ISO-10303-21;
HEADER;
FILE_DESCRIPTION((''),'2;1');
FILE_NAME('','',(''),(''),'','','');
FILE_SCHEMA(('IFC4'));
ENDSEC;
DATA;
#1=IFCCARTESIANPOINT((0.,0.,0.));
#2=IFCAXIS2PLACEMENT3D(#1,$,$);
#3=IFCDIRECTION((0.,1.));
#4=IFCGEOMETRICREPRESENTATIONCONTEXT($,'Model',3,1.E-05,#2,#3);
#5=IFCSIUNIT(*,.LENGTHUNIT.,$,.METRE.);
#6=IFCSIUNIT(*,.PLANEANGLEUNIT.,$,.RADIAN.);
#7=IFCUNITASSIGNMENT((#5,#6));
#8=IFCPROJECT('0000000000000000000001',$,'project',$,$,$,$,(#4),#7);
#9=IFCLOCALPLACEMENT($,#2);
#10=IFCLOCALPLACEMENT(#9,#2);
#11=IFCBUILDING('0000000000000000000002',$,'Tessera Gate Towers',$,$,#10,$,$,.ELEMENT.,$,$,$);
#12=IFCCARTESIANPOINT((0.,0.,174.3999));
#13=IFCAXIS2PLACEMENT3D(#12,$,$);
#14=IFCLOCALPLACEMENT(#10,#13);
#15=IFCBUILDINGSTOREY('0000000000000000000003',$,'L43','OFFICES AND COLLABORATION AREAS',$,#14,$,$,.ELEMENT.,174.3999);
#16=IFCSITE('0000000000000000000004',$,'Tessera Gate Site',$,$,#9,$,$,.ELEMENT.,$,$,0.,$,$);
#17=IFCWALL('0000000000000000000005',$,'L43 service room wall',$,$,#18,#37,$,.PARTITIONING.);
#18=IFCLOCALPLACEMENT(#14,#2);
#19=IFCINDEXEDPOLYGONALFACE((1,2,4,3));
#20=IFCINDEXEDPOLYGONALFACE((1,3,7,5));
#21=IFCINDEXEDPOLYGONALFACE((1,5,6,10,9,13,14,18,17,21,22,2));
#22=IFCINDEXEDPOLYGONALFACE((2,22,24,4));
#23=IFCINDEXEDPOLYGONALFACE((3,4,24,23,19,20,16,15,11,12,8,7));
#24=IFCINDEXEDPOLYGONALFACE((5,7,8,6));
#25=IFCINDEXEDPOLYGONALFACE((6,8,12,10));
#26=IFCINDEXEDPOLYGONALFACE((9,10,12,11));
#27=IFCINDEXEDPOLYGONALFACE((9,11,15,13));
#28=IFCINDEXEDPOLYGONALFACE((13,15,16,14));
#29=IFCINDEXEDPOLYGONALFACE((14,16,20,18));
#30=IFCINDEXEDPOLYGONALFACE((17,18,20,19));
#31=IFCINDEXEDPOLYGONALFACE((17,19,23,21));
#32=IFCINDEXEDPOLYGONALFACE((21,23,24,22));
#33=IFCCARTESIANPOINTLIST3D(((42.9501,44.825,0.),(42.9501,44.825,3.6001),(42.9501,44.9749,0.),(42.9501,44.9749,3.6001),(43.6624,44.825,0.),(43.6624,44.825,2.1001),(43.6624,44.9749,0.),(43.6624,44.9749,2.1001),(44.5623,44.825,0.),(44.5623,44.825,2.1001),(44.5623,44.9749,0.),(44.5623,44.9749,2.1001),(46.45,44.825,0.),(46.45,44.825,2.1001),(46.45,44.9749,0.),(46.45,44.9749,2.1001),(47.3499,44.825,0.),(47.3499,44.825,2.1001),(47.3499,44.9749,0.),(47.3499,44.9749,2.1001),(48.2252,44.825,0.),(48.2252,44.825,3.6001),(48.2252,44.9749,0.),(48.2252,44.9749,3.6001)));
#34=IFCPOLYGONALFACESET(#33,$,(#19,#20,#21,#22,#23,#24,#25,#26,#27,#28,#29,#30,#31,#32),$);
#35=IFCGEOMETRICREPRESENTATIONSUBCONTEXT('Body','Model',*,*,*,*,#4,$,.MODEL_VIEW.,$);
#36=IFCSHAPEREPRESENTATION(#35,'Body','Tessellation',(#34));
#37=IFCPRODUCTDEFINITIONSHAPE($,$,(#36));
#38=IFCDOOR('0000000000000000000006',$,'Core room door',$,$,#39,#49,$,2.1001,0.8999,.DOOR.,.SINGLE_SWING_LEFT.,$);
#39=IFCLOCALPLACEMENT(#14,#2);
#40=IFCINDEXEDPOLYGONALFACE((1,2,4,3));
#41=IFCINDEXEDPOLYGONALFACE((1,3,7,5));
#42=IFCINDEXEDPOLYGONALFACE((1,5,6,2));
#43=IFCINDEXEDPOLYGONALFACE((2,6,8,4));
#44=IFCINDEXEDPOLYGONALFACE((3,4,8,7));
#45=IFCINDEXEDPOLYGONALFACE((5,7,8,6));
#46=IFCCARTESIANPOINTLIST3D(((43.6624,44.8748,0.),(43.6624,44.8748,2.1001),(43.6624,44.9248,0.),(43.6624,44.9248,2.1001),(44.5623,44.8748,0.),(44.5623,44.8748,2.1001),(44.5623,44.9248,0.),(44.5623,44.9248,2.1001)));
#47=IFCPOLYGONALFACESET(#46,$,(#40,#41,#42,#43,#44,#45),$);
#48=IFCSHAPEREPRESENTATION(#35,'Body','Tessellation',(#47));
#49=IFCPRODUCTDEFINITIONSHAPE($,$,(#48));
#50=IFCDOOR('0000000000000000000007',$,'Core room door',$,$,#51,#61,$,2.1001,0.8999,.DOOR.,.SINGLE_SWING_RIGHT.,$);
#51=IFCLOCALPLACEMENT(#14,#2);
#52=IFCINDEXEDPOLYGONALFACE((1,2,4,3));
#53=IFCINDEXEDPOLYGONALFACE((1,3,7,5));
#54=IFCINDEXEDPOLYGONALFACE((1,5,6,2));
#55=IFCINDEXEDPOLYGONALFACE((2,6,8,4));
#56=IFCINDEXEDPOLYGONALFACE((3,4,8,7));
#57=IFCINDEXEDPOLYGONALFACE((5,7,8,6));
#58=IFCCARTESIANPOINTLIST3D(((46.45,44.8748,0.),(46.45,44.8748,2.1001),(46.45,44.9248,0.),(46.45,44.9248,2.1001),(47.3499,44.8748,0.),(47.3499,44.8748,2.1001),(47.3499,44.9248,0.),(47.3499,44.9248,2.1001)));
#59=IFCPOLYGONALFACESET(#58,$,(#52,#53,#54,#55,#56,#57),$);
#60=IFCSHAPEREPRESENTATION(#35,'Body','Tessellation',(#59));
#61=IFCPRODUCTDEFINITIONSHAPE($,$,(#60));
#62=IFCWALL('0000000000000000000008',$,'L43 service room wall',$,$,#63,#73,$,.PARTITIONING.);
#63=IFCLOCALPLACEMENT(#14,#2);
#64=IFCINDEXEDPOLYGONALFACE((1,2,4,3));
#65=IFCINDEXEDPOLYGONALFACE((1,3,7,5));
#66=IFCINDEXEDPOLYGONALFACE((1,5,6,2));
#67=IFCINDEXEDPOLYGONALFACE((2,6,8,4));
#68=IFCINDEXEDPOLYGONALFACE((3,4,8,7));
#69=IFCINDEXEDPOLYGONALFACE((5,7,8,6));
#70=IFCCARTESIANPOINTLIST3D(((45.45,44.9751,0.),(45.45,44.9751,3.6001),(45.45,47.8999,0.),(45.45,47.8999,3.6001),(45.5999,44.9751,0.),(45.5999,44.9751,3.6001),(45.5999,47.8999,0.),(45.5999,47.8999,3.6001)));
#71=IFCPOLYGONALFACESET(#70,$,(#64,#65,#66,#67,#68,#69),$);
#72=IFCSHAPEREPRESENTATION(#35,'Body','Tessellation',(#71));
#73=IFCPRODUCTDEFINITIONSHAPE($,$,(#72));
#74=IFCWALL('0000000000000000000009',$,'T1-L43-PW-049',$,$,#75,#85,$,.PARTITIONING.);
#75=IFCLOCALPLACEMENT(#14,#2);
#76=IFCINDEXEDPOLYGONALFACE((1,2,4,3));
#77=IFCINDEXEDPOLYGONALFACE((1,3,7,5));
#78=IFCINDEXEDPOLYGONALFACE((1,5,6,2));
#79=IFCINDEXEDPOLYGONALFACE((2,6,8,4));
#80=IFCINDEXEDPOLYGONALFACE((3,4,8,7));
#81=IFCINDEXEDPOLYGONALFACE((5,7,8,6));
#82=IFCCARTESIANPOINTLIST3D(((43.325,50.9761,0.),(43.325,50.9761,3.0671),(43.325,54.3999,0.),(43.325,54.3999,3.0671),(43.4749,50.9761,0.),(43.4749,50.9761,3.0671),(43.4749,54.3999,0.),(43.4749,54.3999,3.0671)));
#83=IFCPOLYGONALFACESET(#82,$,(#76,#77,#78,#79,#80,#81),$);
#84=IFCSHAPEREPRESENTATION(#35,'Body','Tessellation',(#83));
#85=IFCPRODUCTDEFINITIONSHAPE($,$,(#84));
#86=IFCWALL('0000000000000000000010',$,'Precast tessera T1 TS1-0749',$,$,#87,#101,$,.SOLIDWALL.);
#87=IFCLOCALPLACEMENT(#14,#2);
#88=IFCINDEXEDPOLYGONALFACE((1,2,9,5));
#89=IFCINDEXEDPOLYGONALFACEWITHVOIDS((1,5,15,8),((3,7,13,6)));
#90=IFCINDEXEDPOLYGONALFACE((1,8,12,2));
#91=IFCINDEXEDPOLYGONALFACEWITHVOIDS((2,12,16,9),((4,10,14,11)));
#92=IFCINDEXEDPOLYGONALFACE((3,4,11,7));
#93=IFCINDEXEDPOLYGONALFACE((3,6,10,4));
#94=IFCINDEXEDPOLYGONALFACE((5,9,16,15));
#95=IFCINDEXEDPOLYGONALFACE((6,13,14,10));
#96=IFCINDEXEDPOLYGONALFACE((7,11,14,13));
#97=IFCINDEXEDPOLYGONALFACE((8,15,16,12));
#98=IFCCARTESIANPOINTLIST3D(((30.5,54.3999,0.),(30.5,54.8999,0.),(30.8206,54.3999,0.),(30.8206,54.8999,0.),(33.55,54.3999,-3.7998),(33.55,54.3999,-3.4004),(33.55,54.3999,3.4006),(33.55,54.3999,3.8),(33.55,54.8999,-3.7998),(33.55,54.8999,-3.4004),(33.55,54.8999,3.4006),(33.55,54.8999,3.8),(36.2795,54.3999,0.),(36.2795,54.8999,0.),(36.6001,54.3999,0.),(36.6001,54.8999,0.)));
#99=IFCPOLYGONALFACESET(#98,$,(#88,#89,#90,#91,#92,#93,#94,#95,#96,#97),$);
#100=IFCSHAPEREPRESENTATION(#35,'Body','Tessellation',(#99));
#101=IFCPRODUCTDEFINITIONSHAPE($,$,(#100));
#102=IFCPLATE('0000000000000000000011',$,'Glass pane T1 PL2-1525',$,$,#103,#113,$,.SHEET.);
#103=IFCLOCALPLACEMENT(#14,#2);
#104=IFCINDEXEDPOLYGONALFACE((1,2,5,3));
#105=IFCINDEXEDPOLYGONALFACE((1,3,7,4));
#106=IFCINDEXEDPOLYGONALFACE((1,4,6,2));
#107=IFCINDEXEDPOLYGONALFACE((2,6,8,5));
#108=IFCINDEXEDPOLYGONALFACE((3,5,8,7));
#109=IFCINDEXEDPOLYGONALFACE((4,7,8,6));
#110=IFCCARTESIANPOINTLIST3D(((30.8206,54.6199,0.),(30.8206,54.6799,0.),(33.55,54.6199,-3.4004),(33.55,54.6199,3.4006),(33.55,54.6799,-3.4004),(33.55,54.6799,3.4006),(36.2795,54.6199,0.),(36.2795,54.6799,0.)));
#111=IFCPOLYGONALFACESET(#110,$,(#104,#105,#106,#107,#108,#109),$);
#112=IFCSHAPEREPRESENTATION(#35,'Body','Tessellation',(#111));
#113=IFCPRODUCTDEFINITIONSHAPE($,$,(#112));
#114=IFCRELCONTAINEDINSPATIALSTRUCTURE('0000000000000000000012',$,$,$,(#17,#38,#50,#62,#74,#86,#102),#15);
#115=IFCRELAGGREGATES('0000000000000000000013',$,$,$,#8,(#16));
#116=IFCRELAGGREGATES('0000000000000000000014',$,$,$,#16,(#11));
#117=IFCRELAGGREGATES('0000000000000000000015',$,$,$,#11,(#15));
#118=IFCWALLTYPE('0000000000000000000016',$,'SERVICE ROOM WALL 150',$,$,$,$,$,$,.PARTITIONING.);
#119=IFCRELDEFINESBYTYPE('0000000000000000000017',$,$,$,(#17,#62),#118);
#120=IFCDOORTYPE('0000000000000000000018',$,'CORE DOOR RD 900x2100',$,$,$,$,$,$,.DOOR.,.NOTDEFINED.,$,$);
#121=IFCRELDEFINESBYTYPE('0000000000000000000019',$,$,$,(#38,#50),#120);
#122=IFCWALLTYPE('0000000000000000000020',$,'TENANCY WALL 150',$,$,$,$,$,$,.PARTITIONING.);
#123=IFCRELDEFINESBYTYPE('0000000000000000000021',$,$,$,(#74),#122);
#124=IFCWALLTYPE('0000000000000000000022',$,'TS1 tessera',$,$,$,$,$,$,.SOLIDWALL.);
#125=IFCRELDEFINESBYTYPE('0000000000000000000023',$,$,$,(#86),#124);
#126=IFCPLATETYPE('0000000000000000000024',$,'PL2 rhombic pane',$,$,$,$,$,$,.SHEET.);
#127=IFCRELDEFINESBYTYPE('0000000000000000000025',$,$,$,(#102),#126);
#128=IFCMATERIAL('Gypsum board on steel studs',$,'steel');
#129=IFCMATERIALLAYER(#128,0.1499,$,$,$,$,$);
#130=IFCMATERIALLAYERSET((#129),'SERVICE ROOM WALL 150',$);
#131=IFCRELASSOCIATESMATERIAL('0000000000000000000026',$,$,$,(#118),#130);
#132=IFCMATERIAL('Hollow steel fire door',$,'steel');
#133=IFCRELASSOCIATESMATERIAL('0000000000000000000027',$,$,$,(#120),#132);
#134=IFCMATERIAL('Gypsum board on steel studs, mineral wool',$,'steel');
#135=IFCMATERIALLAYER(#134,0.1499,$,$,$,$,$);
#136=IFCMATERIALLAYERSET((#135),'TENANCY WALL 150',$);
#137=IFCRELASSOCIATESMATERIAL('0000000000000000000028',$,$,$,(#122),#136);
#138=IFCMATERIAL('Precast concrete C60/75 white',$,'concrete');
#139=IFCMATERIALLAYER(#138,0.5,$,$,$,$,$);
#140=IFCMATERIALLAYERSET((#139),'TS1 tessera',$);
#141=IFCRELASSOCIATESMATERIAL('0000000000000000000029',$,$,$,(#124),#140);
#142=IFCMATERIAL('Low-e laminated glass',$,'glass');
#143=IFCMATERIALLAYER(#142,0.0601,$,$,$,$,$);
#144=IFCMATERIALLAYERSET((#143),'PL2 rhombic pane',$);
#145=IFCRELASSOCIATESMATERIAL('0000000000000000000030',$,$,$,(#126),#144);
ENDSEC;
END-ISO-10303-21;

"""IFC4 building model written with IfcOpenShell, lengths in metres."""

from ifc_helpers import new_model, si_unit, direction, frame, frame_2d, origin, place, context, subcontext, project, spatial, polyline, rectangle, outline, extrude, source, transform, mapped, material, layer, layer_set, type_object, element, fill, save


model = new_model("IFC4")

# Units and contexts
model_context = context("Model", 3, precision=1e-05, world=origin(), true_north=direction((0.0, 1.0)))
body_context = subcontext(model_context, "Body", "Model", "MODEL_VIEW")
ifc_project = project(units=[si_unit("LENGTHUNIT", "METRE"), si_unit("PLANEANGLEUNIT", "RADIAN")], contexts=[model_context])

# Site, building, storey
site_placement = place(None, origin())
site = spatial("IfcSite", under=ifc_project, at=site_placement, Name="Tessera Gate Site", CompositionType="ELEMENT", RefElevation=0.0)
building_placement = place(site_placement, origin())
building = spatial("IfcBuilding", under=site, at=building_placement, Name="Tessera Gate Towers", CompositionType="ELEMENT")
storey_placement = place(building_placement, frame((0.0, 0.0, 174.3999)))
storey = spatial("IfcBuildingStorey", under=building, at=storey_placement, Name="L43", Description="OFFICES AND COLLABORATION AREAS", CompositionType="ELEMENT", Elevation=174.3999)

# Wall, openings, doors
ifc_material_1 = material(Name="Gypsum board on steel studs", Category="steel")
ifc_layer_1 = layer(ifc_material_1, 0.1499)
ifc_layer_set_1 = layer_set([ifc_layer_1], Name="SERVICE ROOM WALL 150")
wall_type_1 = type_object("IfcWallType", Name="SERVICE ROOM WALL 150", PredefinedType="PARTITIONING", material=ifc_layer_set_1)
shared_shape_1 = source(origin(), body_context, "Body", "SweptSolid", [
    extrude(rectangle(XDim=0.8999, YDim=2.1001, at=frame_2d((0.45, 1.05))), frame((0.0, 0.085, 0.0), z_axis=(0.0, -1.0, 0.0), x_axis=(1.0, 0.0, 0.0)), (0.0, 0.0, 1.0), 0.1699),
])
ifc_material_2 = material(Name="Hollow steel fire door", Category="steel")
door_type_1 = type_object("IfcDoorType", Name="CORE DOOR RD 900x2100", OperationType="NOTDEFINED", PredefinedType="DOOR", material=ifc_material_2)
shared_shape_2 = source(origin(), body_context, "Body", "SweptSolid", [
    extrude(rectangle(XDim=0.8999, YDim=2.1001, at=frame_2d((0.45, 1.05))), frame((0.0, 0.0249, 0.0), z_axis=(0.0, -1.0, 0.0), x_axis=(1.0, 0.0, 0.0)), (0.0, 0.0, 1.0), 0.05),
])
wall_1_placement = place(storey_placement, frame((42.95, 44.8999, 0.0), z_axis=(0.0, 0.0, 1.0), x_axis=(1.0, 0.0, 0.0)))
wall_1 = element("IfcWall", 1, at=wall_1_placement, inside=storey, type_object=wall_type_1, Name="L43 service room wall", PredefinedType="PARTITIONING", context=body_context, shape_type="SweptSolid", body=[
    extrude(rectangle(XDim=5.2751, YDim=0.1499, at=frame_2d((2.6377, 0.0))), origin(), (0.0, 0.0, 1.0), 3.6001),
])
opening_1_placement = place(wall_1_placement, frame((0.7124, 0.0, 0.0)))
opening_1 = element("IfcOpeningElement", 2, at=opening_1_placement, cuts=wall_1, PredefinedType="OPENING", context=body_context, shape_type="MappedRepresentation", body=[
    mapped(shared_shape_1, transform((0.0, 0.0, 0.0), scale=1.0)),
])
opening_2_placement = place(wall_1_placement, frame((3.5, 0.0, 0.0)))
opening_2 = element("IfcOpeningElement", 3, at=opening_2_placement, cuts=wall_1, PredefinedType="OPENING", context=body_context, shape_type="MappedRepresentation", body=[
    mapped(shared_shape_1, transform((0.0, 0.0, 0.0), scale=1.0)),
])
door_1_placement = place(opening_1_placement, origin())
door_1 = element("IfcDoor", 4, at=door_1_placement, inside=storey, type_object=door_type_1, Name="Core room door", OperationType="SINGLE_SWING_LEFT", OverallHeight=2.1001, OverallWidth=0.8999, PredefinedType="DOOR", context=body_context, shape_type="MappedRepresentation", body=[
    mapped(shared_shape_2, transform((0.0, 0.0, 0.0), scale=1.0)),
])
fill(opening_1, door_1)
door_2_placement = place(opening_2_placement, origin())
door_2 = element("IfcDoor", 5, at=door_2_placement, inside=storey, type_object=door_type_1, Name="Core room door", OperationType="SINGLE_SWING_RIGHT", OverallHeight=2.1001, OverallWidth=0.8999, PredefinedType="DOOR", context=body_context, shape_type="MappedRepresentation", body=[
    mapped(shared_shape_2, transform((0.0, 0.0, 0.0), scale=1.0)),
])
fill(opening_2, door_2)

# Walls
wall_2_placement = place(storey_placement, frame((45.5249, 44.9751, 0.0), z_axis=(0.0, 0.0, 1.0), x_axis=(0.0, 1.0, 0.0)))
element("IfcWall", 6, at=wall_2_placement, inside=storey, type_object=wall_type_1, Name="L43 service room wall", PredefinedType="PARTITIONING", context=body_context, shape_type="SweptSolid", body=[
    extrude(rectangle(XDim=2.9248, YDim=0.1499, at=frame_2d((1.4624, 0.0))), origin(), (0.0, 0.0, 1.0), 3.6001),
])
ifc_material_3 = material(Name="Gypsum board on steel studs, mineral wool", Category="steel")
ifc_layer_2 = layer(ifc_material_3, 0.1499)
ifc_layer_set_2 = layer_set([ifc_layer_2], Name="TENANCY WALL 150")
wall_type_2 = type_object("IfcWallType", Name="TENANCY WALL 150", PredefinedType="PARTITIONING", material=ifc_layer_set_2)
wall_3_placement = place(storey_placement, frame((43.3999, 50.9761, 0.0), z_axis=(0.0, 0.0, 1.0), x_axis=(0.0, 1.0, 0.0)))
element("IfcWall", 7, at=wall_3_placement, inside=storey, type_object=wall_type_2, Name="T1-L43-PW-049", PredefinedType="PARTITIONING", context=body_context, shape_type="SweptSolid", body=[
    extrude(rectangle(XDim=3.4238, YDim=0.1499, at=frame_2d((1.7119, 0.0))), origin(), (0.0, 0.0, 1.0), 3.0671),
])

# Wall, opening, plate
ifc_material_4 = material(Name="Precast concrete C60/75 white", Category="concrete")
ifc_layer_3 = layer(ifc_material_4, 0.5)
ifc_layer_set_3 = layer_set([ifc_layer_3], Name="TS1 tessera")
wall_type_3 = type_object("IfcWallType", Name="TS1 tessera", PredefinedType="SOLIDWALL", material=ifc_layer_set_3)
shared_shape_3 = source(origin(), body_context, "Body", "SweptSolid", [
    extrude(outline(polyline([(3.05, 0.0), (6.1001, 3.7998), (3.05, 7.5999), (0.0, 3.7998), (3.05, 0.0)])), frame((0.0, 0.25, 0.0), z_axis=(0.0, -1.0, 0.0), x_axis=(1.0, 0.0, 0.0)), (0.0, 0.0, 1.0), 0.5),
])
wall_4_placement = place(storey_placement, frame((36.6001, 54.6499, -3.7998), z_axis=(0.0, 0.0, 1.0), x_axis=(-1.0, 0.0, 0.0)))
wall_4 = element("IfcWall", 8, at=wall_4_placement, inside=storey, type_object=wall_type_3, Name="Precast tessera T1 TS1-0749", PredefinedType="SOLIDWALL", context=body_context, shape_type="MappedRepresentation", body=[
    mapped(shared_shape_3, transform((0.0, 0.0, 0.0), scale=1.0)),
])
shared_shape_4 = source(origin(), body_context, "Body", "SweptSolid", [
    extrude(outline(polyline([(3.05, 0.3994), (5.7795, 3.7998), (3.05, 7.2004), (0.3206, 3.7998), (3.05, 0.3994)])), frame((0.0, 0.26, 0.0), z_axis=(0.0, -1.0, 0.0), x_axis=(1.0, 0.0, 0.0)), (0.0, 0.0, 1.0), 0.52),
])
opening_3_placement = place(wall_4_placement, origin())
opening_3 = element("IfcOpeningElement", 9, at=opening_3_placement, cuts=wall_4, PredefinedType="OPENING", context=body_context, shape_type="MappedRepresentation", body=[
    mapped(shared_shape_4, transform((0.0, 0.0, 0.0), scale=1.0)),
])
ifc_material_5 = material(Name="Low-e laminated glass", Category="glass")
ifc_layer_4 = layer(ifc_material_5, 0.0601)
ifc_layer_set_4 = layer_set([ifc_layer_4], Name="PL2 rhombic pane")
plate_type = type_object("IfcPlateType", Name="PL2 rhombic pane", PredefinedType="SHEET", material=ifc_layer_set_4)
shared_shape_5 = source(origin(), body_context, "Body", "SweptSolid", [
    extrude(outline(polyline([(3.05, 0.3994), (5.7795, 3.7998), (3.05, 7.2004), (0.3206, 3.7998), (3.05, 0.3994)])), frame((0.0, 0.03, 0.0), z_axis=(0.0, -1.0, 0.0), x_axis=(1.0, 0.0, 0.0)), (0.0, 0.0, 1.0), 0.0601),
])
plate_placement = place(opening_3_placement, origin())
plate = element("IfcPlate", 10, at=plate_placement, inside=storey, type_object=plate_type, Name="Glass pane T1 PL2-1525", PredefinedType="SHEET", context=body_context, shape_type="MappedRepresentation", body=[
    mapped(shared_shape_5, transform((0.0, 0.0, 0.0), scale=1.0)),
])
fill(opening_3, plate)

save(model, "model.ifc")
